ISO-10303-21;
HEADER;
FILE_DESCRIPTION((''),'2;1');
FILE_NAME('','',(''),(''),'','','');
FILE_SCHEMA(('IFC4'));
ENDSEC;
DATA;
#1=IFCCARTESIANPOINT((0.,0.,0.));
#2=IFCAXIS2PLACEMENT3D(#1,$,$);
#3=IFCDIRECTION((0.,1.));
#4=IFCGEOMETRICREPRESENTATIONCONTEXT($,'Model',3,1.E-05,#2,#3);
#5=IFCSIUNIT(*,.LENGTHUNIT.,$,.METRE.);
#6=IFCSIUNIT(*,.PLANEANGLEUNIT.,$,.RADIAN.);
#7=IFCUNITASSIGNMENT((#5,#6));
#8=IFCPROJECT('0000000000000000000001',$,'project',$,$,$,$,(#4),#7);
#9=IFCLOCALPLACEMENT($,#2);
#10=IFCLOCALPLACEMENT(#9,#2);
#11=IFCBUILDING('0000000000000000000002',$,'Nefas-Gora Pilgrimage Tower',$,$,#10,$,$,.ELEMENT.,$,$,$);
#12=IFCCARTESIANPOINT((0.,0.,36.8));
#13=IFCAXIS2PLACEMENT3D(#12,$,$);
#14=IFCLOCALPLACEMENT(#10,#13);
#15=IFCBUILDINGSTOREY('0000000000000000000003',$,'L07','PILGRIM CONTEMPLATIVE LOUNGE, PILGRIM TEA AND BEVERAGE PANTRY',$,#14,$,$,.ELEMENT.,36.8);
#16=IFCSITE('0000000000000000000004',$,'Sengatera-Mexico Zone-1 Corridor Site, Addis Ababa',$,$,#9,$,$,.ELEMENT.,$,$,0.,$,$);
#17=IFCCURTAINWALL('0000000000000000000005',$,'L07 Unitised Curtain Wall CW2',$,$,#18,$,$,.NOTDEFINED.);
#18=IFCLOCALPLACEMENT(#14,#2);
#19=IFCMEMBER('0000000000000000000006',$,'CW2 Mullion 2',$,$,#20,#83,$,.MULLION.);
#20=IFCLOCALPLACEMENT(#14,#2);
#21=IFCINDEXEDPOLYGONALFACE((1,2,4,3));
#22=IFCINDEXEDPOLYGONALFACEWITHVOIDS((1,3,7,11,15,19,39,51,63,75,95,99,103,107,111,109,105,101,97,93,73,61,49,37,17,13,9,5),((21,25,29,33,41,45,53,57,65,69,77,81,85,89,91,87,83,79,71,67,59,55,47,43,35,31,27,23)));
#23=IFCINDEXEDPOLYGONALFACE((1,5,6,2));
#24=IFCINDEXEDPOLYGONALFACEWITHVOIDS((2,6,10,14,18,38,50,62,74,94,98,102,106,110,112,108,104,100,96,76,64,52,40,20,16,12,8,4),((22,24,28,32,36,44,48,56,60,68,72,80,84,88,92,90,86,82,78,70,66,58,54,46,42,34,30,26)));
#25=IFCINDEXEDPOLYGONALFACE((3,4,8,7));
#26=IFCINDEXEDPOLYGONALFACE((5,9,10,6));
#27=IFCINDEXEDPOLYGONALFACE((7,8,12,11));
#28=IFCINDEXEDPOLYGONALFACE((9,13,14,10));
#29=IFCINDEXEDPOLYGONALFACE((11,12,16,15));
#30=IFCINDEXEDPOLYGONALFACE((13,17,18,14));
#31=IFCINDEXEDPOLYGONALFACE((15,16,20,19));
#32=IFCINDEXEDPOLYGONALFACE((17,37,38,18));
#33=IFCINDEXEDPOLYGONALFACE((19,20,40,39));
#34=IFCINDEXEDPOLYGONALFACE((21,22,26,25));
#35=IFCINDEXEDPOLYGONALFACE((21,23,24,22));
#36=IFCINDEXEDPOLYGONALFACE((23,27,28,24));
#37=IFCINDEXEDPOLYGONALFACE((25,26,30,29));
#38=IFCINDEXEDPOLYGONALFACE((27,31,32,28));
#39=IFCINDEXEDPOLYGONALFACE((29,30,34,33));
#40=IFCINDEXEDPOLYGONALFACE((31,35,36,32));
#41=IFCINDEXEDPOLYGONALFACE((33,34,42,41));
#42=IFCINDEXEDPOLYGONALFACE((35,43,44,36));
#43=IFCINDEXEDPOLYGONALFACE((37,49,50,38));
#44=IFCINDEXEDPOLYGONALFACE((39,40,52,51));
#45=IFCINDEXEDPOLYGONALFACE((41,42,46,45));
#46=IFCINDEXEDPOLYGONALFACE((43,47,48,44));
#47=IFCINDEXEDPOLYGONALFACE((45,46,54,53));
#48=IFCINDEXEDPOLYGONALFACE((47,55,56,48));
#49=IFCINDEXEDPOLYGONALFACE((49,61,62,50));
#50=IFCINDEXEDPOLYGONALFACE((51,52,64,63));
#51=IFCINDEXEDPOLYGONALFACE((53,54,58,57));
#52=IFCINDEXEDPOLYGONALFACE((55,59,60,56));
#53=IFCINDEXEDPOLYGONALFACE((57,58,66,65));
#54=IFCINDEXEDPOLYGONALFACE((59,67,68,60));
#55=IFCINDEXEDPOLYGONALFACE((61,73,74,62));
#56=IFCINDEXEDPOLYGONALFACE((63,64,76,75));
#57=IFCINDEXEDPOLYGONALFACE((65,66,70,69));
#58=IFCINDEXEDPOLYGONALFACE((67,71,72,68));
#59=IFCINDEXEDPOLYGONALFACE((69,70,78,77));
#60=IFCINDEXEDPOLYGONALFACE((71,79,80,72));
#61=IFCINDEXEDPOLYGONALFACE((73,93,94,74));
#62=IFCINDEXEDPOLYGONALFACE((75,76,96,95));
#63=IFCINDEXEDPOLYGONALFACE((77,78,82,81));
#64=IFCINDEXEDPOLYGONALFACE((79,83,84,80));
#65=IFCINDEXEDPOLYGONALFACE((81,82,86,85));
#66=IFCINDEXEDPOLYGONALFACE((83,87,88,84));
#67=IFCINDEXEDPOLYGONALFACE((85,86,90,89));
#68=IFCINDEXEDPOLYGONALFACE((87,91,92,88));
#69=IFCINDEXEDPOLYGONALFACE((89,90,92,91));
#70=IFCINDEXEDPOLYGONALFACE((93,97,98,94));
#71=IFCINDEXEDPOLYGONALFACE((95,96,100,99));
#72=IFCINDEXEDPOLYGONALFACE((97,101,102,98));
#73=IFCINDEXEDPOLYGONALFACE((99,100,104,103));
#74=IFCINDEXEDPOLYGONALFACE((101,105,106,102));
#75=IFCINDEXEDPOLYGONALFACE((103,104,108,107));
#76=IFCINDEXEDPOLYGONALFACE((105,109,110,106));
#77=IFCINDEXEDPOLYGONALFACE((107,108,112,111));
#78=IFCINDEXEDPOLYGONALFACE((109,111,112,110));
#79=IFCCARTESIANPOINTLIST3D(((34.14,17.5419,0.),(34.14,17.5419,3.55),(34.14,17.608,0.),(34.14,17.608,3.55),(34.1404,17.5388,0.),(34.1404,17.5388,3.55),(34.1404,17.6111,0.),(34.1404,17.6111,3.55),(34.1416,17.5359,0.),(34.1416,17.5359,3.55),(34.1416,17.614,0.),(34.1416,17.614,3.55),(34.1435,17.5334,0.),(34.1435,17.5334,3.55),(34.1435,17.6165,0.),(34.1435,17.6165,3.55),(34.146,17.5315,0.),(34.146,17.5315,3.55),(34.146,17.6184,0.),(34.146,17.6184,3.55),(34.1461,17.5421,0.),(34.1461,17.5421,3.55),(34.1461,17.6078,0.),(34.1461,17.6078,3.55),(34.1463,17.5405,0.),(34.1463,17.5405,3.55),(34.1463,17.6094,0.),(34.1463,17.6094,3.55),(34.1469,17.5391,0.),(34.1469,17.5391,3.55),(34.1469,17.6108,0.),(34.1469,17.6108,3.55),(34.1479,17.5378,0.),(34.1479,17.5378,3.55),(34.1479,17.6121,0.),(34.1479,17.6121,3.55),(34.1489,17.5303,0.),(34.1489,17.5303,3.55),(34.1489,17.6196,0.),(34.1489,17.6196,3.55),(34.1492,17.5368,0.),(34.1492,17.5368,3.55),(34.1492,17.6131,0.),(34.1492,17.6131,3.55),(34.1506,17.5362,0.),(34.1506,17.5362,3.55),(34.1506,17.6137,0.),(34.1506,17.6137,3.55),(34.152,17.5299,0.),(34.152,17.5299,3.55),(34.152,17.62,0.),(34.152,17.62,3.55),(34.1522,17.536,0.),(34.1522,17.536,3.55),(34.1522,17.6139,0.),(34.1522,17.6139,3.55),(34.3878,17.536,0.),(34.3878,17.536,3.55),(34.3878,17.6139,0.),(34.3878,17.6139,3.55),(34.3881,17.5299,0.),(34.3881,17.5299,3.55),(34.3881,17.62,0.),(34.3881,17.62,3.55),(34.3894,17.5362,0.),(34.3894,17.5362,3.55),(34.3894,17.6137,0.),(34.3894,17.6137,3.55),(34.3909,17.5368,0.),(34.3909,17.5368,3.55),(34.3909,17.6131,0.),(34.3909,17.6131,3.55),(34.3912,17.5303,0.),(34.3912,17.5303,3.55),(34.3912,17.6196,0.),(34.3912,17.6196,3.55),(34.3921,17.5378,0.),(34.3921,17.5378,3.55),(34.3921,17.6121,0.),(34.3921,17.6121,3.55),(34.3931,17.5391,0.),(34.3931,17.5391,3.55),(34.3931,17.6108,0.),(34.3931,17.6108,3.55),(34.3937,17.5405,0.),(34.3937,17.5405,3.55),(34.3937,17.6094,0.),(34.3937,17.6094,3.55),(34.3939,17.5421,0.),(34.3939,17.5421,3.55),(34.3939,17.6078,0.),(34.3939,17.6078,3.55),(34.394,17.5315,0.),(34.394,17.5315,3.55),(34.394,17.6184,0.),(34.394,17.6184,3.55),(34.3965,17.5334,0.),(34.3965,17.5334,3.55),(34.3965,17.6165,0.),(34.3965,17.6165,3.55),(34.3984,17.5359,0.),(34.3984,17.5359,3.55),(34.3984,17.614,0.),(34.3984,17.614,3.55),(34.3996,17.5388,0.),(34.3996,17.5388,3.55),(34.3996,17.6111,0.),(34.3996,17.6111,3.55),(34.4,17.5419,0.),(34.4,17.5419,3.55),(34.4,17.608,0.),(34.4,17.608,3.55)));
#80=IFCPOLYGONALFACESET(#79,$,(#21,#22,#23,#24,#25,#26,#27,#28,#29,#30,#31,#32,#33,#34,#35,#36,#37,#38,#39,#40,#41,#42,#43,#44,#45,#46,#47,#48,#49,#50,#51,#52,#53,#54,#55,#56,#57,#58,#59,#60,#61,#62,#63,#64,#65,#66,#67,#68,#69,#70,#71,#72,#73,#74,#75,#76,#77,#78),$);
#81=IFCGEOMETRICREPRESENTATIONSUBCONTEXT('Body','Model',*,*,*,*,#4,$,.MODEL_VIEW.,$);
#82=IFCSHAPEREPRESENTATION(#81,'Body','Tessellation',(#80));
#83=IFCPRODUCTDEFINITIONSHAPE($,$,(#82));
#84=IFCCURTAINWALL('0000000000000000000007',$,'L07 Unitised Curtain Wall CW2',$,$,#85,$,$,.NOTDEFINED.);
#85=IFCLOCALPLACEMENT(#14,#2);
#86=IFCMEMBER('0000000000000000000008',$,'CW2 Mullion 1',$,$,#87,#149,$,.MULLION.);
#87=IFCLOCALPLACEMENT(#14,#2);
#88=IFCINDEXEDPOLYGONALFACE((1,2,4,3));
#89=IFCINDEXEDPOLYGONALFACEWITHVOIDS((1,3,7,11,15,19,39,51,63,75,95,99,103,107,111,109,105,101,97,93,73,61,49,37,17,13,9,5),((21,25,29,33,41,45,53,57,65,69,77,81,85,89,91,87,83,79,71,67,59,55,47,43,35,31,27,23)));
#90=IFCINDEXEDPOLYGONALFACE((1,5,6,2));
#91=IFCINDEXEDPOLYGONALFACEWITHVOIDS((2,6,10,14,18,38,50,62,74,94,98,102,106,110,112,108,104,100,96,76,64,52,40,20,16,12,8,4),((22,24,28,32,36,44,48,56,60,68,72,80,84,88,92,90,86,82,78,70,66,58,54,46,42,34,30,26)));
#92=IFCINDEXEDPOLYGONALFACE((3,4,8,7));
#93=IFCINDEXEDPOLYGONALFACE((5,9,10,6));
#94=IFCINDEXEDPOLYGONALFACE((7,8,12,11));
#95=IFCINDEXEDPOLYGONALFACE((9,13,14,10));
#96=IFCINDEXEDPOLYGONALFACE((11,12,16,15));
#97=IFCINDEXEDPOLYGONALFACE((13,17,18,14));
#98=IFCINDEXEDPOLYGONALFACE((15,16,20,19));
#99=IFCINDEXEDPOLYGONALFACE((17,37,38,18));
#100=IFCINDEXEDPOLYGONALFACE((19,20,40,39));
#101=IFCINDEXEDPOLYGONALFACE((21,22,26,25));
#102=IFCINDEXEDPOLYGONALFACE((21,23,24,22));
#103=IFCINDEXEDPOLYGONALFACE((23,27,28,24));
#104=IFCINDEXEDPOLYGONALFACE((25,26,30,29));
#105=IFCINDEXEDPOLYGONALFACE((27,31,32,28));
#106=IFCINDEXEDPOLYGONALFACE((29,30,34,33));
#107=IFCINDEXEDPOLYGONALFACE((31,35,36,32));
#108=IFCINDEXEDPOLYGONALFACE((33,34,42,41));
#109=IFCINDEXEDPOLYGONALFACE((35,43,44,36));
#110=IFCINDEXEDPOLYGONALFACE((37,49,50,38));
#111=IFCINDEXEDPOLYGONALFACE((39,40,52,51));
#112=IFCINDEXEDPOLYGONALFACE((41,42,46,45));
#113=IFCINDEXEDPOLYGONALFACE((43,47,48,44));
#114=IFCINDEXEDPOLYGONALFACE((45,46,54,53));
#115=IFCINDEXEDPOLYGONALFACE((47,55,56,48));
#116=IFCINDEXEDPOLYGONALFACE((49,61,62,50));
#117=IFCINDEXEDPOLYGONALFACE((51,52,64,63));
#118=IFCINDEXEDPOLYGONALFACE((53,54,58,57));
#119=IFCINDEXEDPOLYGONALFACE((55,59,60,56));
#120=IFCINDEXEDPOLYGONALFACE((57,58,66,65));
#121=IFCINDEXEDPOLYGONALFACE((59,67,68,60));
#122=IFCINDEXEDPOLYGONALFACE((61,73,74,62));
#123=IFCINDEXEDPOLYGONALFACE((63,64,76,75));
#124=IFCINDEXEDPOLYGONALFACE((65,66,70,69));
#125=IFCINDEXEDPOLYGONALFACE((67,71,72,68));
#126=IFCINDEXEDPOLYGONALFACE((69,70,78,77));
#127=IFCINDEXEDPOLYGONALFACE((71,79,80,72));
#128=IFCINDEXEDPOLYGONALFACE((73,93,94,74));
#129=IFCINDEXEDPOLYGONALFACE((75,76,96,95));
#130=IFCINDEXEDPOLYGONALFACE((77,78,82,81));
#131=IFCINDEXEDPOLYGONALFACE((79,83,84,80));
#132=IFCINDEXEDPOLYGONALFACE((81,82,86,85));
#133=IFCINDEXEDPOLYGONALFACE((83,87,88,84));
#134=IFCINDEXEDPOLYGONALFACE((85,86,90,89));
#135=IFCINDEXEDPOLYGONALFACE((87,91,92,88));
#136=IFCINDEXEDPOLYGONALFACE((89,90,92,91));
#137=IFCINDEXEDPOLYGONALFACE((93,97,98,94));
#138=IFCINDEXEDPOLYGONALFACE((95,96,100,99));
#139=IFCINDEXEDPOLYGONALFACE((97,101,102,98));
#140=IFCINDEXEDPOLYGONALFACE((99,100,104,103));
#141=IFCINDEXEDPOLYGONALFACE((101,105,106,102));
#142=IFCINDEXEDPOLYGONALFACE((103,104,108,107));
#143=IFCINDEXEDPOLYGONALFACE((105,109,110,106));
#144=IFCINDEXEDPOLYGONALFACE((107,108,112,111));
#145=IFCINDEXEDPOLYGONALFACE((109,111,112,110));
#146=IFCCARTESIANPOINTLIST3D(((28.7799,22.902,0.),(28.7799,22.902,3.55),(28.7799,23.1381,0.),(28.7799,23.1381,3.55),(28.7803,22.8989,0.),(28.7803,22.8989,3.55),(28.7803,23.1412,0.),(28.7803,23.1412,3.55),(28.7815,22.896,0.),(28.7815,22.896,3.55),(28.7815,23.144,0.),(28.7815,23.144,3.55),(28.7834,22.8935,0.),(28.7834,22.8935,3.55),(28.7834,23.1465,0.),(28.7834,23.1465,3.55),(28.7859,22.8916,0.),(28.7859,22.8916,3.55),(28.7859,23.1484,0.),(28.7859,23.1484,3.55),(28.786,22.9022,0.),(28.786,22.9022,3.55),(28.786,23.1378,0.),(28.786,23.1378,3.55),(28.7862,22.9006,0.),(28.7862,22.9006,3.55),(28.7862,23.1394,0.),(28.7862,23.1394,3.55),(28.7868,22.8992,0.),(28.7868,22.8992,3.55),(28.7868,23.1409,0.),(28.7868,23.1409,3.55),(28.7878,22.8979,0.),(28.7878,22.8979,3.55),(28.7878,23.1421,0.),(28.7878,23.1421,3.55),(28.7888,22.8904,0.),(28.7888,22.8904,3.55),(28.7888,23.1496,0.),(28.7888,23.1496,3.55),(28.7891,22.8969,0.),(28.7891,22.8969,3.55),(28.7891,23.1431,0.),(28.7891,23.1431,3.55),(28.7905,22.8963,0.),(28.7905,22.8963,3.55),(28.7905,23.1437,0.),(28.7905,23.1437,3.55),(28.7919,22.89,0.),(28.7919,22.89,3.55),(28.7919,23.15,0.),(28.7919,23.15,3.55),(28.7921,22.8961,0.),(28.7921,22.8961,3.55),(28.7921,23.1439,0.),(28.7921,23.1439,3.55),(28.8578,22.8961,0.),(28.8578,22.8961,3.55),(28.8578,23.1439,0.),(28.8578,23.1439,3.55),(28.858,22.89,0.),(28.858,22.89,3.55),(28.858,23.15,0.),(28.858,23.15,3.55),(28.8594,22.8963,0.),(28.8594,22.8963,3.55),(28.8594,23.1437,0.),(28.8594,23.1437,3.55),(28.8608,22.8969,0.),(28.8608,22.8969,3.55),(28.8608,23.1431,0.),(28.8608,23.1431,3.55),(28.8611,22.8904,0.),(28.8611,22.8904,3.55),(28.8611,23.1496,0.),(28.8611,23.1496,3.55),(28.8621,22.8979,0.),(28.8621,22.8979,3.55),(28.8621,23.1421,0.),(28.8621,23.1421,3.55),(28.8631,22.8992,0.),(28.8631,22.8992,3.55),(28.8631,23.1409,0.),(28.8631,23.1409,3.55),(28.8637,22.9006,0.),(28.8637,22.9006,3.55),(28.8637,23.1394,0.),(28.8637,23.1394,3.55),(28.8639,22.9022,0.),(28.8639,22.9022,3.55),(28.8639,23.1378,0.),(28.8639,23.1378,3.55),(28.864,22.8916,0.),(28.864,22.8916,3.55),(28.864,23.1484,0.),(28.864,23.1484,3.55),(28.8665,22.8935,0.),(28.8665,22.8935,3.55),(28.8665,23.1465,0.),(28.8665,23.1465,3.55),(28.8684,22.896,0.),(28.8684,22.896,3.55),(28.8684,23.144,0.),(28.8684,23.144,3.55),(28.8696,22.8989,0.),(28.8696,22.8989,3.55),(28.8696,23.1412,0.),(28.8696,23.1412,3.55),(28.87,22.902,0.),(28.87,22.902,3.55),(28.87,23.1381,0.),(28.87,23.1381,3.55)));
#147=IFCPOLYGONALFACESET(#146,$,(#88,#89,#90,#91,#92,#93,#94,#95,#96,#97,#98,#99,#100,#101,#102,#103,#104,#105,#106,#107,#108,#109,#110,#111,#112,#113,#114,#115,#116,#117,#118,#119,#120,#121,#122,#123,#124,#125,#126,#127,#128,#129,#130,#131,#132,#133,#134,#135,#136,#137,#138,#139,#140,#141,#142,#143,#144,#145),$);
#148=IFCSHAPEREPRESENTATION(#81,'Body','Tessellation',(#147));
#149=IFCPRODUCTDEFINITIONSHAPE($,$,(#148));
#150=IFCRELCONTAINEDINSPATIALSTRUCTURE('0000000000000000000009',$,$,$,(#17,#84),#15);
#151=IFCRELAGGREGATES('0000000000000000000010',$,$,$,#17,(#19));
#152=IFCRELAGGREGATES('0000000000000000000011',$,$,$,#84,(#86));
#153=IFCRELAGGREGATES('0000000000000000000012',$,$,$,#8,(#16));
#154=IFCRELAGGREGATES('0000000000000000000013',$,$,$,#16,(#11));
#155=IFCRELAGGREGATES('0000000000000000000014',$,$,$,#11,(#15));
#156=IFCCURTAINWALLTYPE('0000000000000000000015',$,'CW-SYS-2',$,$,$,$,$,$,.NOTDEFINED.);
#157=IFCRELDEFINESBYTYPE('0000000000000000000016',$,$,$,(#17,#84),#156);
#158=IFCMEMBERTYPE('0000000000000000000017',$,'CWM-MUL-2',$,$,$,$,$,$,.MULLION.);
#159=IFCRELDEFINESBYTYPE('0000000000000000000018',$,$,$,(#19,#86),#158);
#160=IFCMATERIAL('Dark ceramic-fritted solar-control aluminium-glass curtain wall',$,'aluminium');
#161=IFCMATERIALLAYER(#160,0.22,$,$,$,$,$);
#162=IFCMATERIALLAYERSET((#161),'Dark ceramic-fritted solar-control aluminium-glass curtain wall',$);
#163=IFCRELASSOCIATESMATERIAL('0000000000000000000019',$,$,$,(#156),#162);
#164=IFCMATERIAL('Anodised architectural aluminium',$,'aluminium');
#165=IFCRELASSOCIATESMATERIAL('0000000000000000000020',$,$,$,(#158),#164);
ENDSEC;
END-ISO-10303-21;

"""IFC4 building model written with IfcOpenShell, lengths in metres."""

from ifc_helpers import new_model, si_unit, direction, frame, origin, origin_2d, place, context, subcontext, project, spatial, hollow_rectangle, extrude, source, transform, mapped, material, layer, layer_set, material_profile, profile_set, type_object, element, aggregate, save


model = new_model("IFC4")

# Units and contexts
model_context = context("Model", 3, precision=1e-05, world=origin(), true_north=direction((0.0, 1.0)))
body_context = subcontext(model_context, "Body", "Model", "MODEL_VIEW")
ifc_project = project(units=[si_unit("LENGTHUNIT", "METRE"), si_unit("PLANEANGLEUNIT", "RADIAN")], contexts=[model_context])

# Site, building, storey
site_placement = place(None, origin())
site = spatial("IfcSite", under=ifc_project, at=site_placement, Name="Sengatera-Mexico Zone-1 Corridor Site, Addis Ababa", CompositionType="ELEMENT", RefElevation=0.0)
building_placement = place(site_placement, origin())
building = spatial("IfcBuilding", under=site, at=building_placement, Name="Nefas-Gora Pilgrimage Tower", CompositionType="ELEMENT")
storey_placement = place(building_placement, frame((0.0, 0.0, 36.8)))
storey = spatial("IfcBuildingStorey", under=building, at=storey_placement, Name="L07", Description="PILGRIM CONTEMPLATIVE LOUNGE, PILGRIM TEA AND BEVERAGE PANTRY", CompositionType="ELEMENT", Elevation=36.8)

# Curtain wall, member
ifc_material_1 = material(Name="Dark ceramic-fritted solar-control aluminium-glass curtain wall", Category="aluminium")
ifc_layer_1 = layer(ifc_material_1, 0.22)
ifc_layer_set_1 = layer_set([ifc_layer_1], Name="Dark ceramic-fritted solar-control aluminium-glass curtain wall")
curtain_wall_type = type_object("IfcCurtainWallType", Name="CW-SYS-2", PredefinedType="NOTDEFINED", material=ifc_layer_set_1)
curtain_wall_1_placement = place(storey_placement, origin())
curtain_wall_1 = element("IfcCurtainWall", 1, at=curtain_wall_1_placement, inside=storey, type_object=curtain_wall_type, Name="L07 Unitised Curtain Wall CW2", PredefinedType="NOTDEFINED")
ifc_material_2 = material(Name="Anodised architectural aluminium", Category="aluminium")
ifc_material_profile_1 = material_profile(ifc_material_2, hollow_rectangle(XDim=0.0901, YDim=0.26, WallThickness=0.0061, InnerFilletRadius=0.0061, OuterFilletRadius=0.012, at=origin_2d()), Name="ALU MULLION 90x260")
ifc_profile_set_1 = profile_set([ifc_material_profile_1], Name="Anodised architectural aluminium")
member_type_1 = type_object("IfcMemberType", Name="CWM-MUL-2", PredefinedType="MULLION", material=ifc_profile_set_1)
shared_shape_1 = source(origin(), body_context, "Body", "SweptSolid", [
    extrude(hollow_rectangle(XDim=0.0901, YDim=0.26, WallThickness=0.0061, InnerFilletRadius=0.0061, OuterFilletRadius=0.012, at=origin_2d()), origin(), (0.0, 0.0, 1.0), 3.55),
])
member_1_placement = place(storey_placement, frame((34.27, 17.575, 0.0), z_axis=(0.0, 0.0, 1.0), x_axis=(0.0, 1.0, 0.0)))
member_1 = element("IfcMember", 2, at=member_1_placement, type_object=member_type_1, Name="CW2 Mullion 2", PredefinedType="MULLION", context=body_context, shape_type="MappedRepresentation", body=[
    mapped(shared_shape_1, transform((0.0, 0.0, 0.0), x_axis=(1.0, 0.0, 0.0), y_axis=(0.0, 1.0, 0.0), z_axis=(0.0, 0.0, 1.0), scale=1.0)),
])
aggregate(curtain_wall_1, [member_1])

# Curtain wall, member
curtain_wall_2_placement = place(storey_placement, origin())
curtain_wall_2 = element("IfcCurtainWall", 3, at=curtain_wall_2_placement, inside=storey, type_object=curtain_wall_type, Name="L07 Unitised Curtain Wall CW2", PredefinedType="NOTDEFINED")
member_2_placement = place(storey_placement, frame((28.825, 23.02, 0.0), z_axis=(0.0, 0.0, 1.0), x_axis=(-1.0, 0.0, 0.0)))
member_2 = element("IfcMember", 4, at=member_2_placement, type_object=member_type_1, Name="CW2 Mullion 1", PredefinedType="MULLION", context=body_context, shape_type="MappedRepresentation", body=[
    mapped(shared_shape_1, transform((0.0, 0.0, 0.0), x_axis=(1.0, 0.0, 0.0), y_axis=(0.0, 1.0, 0.0), z_axis=(0.0, 0.0, 1.0), scale=1.0)),
])
aggregate(curtain_wall_2, [member_2])

save(model, "model.ifc")
